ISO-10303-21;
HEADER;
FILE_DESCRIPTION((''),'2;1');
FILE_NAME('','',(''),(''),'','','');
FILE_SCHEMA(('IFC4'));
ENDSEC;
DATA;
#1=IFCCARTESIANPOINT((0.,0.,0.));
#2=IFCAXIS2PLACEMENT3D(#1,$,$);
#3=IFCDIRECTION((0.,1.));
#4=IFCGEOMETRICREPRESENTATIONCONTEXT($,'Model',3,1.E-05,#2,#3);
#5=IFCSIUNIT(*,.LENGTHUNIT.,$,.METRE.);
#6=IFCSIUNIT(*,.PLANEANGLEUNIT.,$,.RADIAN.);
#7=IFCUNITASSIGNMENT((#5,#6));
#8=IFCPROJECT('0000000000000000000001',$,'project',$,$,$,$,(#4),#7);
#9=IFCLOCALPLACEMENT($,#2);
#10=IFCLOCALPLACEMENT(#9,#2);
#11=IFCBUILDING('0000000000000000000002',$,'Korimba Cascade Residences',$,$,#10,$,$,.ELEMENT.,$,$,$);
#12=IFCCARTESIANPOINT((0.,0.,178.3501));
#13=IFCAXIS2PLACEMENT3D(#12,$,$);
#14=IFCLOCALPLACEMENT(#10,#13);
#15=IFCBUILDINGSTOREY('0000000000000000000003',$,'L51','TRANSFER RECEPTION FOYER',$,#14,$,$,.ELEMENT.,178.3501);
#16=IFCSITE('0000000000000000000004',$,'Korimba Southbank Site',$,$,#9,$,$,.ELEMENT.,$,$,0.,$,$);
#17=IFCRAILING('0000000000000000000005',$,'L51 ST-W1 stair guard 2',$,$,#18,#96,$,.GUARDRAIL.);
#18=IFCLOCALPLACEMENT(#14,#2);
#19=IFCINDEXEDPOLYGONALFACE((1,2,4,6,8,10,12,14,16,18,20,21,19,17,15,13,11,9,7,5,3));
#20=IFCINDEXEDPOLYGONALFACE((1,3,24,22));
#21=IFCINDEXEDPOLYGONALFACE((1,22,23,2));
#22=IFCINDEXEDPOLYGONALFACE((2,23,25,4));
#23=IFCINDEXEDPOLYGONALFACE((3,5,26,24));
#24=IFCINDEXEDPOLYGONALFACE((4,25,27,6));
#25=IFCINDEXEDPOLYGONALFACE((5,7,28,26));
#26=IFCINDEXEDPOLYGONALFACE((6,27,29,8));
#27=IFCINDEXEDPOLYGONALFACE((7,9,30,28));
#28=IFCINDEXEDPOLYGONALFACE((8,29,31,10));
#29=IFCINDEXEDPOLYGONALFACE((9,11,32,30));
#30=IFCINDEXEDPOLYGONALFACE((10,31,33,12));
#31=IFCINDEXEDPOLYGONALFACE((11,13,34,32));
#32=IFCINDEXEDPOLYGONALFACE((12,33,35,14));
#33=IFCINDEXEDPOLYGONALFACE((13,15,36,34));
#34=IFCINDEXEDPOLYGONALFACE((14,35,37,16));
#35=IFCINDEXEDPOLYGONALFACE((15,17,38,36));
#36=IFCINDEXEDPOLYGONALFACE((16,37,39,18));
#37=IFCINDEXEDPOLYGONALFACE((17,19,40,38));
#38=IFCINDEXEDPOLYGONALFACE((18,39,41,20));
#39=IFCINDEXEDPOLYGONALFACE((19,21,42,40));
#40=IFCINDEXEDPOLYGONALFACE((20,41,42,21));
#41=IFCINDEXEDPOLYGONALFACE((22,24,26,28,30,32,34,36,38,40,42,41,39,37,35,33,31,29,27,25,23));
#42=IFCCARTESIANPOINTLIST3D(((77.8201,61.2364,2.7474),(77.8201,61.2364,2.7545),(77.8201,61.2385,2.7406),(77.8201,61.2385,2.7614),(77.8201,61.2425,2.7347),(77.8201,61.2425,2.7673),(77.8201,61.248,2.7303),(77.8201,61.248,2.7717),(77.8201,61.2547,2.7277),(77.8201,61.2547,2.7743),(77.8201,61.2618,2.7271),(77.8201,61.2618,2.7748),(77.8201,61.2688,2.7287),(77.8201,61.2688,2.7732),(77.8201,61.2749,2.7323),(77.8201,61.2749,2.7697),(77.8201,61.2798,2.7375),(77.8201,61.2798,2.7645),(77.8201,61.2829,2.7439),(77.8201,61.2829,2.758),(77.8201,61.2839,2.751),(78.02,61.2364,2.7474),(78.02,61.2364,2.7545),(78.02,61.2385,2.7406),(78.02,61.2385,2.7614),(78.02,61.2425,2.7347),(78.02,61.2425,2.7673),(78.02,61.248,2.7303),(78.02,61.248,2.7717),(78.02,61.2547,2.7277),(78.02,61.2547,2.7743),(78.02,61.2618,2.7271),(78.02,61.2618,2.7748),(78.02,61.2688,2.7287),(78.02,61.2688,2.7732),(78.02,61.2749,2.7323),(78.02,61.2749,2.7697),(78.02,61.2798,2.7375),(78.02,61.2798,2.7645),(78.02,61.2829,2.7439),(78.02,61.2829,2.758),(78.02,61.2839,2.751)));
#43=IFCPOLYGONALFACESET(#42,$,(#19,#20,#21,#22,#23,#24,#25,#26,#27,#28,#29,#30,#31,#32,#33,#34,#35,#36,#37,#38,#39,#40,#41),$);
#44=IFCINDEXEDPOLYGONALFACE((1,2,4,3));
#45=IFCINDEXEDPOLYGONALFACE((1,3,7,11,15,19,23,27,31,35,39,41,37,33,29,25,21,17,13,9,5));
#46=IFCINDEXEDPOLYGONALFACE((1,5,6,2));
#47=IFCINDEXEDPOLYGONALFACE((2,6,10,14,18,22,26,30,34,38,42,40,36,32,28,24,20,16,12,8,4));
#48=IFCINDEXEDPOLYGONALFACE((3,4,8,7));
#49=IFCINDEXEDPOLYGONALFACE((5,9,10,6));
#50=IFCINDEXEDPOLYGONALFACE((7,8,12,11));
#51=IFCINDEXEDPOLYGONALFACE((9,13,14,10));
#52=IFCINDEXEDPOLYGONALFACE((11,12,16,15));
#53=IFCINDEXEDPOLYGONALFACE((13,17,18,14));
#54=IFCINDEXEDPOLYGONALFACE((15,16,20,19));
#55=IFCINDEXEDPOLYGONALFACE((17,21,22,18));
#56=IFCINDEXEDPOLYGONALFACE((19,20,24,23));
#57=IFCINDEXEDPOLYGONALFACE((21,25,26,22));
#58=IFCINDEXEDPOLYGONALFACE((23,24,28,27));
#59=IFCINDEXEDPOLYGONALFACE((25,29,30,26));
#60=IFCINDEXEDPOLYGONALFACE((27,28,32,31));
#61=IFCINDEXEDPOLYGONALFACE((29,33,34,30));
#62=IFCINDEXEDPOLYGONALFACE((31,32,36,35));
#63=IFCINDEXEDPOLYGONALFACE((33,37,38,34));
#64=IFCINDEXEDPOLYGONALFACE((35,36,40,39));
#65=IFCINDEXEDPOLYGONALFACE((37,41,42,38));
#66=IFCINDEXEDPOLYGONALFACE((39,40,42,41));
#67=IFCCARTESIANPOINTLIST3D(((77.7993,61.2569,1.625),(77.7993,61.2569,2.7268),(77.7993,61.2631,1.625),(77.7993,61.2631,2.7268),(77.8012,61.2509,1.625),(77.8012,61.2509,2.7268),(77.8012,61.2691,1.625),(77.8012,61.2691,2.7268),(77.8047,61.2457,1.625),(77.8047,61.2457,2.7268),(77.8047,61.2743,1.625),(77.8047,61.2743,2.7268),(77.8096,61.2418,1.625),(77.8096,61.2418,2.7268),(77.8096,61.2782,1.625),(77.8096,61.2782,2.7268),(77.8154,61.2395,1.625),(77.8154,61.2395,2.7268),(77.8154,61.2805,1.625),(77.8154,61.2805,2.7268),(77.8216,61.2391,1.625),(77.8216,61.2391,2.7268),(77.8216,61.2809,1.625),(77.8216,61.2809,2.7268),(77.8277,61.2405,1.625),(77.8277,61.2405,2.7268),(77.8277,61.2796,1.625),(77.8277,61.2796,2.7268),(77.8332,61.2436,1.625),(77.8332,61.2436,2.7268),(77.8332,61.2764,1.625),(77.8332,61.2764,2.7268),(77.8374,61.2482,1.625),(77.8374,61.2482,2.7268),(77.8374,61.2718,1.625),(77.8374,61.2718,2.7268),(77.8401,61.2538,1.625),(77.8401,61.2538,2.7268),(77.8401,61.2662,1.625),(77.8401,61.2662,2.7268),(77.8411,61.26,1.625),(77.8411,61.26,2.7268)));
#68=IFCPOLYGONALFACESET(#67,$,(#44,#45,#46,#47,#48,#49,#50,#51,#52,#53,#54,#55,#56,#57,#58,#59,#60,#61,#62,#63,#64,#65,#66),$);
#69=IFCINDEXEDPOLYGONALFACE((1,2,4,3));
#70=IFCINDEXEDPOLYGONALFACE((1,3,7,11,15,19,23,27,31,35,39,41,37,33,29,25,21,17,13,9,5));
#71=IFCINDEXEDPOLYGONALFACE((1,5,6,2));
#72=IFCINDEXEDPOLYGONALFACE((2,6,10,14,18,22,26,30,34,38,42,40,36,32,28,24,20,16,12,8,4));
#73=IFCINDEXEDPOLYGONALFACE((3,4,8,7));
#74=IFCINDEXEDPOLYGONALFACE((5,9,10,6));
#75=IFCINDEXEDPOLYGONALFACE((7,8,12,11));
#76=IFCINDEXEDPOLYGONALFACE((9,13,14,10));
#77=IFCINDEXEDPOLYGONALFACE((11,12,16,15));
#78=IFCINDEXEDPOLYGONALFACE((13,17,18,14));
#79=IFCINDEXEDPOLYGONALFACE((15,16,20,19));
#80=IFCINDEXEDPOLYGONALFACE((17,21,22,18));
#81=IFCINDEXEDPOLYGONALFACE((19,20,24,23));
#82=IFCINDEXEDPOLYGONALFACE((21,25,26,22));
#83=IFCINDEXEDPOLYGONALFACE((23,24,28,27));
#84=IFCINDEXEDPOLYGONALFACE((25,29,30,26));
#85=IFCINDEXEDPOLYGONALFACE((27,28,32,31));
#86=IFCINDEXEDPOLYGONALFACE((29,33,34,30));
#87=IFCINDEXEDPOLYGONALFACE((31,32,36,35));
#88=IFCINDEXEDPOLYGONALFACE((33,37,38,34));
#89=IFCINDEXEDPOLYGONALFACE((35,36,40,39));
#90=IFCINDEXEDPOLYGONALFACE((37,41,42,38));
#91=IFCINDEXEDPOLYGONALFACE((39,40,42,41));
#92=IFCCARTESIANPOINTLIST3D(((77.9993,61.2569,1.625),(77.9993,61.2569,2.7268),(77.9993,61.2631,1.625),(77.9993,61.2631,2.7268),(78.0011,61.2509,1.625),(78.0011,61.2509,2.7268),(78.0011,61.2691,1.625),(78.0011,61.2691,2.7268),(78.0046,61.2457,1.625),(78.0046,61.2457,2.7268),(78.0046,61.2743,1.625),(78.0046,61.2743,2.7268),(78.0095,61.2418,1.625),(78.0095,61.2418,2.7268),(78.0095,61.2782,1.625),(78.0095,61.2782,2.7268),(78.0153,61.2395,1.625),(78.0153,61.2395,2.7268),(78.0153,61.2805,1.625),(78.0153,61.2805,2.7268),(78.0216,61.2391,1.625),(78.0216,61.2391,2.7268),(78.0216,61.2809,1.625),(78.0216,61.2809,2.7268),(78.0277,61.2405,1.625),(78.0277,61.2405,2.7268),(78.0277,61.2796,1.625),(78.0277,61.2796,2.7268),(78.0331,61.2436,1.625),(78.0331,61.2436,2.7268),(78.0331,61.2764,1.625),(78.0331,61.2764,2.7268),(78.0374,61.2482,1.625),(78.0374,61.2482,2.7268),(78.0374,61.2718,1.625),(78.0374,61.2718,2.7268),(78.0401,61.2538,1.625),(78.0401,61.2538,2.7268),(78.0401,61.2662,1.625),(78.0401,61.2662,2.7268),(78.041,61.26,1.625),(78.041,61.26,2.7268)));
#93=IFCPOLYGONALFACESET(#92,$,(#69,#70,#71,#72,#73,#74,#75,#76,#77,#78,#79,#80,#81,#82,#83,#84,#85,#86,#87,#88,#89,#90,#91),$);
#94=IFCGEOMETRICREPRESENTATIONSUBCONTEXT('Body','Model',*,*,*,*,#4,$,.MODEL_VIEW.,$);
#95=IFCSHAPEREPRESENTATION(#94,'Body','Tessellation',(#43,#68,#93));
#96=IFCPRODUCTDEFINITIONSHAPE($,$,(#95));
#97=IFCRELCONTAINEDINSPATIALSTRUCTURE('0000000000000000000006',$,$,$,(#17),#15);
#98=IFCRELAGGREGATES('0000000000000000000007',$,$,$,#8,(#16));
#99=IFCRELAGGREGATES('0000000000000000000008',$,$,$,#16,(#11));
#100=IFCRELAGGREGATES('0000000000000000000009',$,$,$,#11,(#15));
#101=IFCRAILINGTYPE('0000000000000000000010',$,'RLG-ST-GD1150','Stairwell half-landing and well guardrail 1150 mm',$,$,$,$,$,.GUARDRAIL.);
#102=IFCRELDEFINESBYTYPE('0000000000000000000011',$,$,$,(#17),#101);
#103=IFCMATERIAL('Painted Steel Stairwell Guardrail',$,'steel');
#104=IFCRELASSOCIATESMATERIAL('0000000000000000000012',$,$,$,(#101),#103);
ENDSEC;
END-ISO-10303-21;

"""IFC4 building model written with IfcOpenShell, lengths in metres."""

from ifc_helpers import new_model, si_unit, direction, frame, origin, origin_2d, place, context, subcontext, project, spatial, circle, extrude, material, type_object, element, save


model = new_model("IFC4")

# Units and contexts
model_context = context("Model", 3, precision=1e-05, world=origin(), true_north=direction((0.0, 1.0)))
body_context = subcontext(model_context, "Body", "Model", "MODEL_VIEW")
ifc_project = project(units=[si_unit("LENGTHUNIT", "METRE"), si_unit("PLANEANGLEUNIT", "RADIAN")], contexts=[model_context])

# Site, building, storey
site_placement = place(None, origin())
site = spatial("IfcSite", under=ifc_project, at=site_placement, Name="Korimba Southbank Site", CompositionType="ELEMENT", RefElevation=0.0)
building_placement = place(site_placement, origin())
building = spatial("IfcBuilding", under=site, at=building_placement, Name="Korimba Cascade Residences", CompositionType="ELEMENT")
storey_placement = place(building_placement, frame((0.0, 0.0, 178.3501)))
storey = spatial("IfcBuildingStorey", under=building, at=storey_placement, Name="L51", Description="TRANSFER RECEPTION FOYER", CompositionType="ELEMENT", Elevation=178.3501)

# Railing
ifc_material_1 = material(Name="Painted Steel Stairwell Guardrail", Category="steel")
railing_type_1 = type_object("IfcRailingType", Name="RLG-ST-GD1150", Description="Stairwell half-landing and well guardrail 1150 mm", PredefinedType="GUARDRAIL", material=ifc_material_1)
railing_1_placement = place(storey_placement, frame((77.8201, 61.26, 1.625)))
element("IfcRailing", 1, at=railing_1_placement, inside=storey, type_object=railing_type_1, Name="L51 ST-W1 stair guard 2", PredefinedType="GUARDRAIL", context=body_context, shape_type="SweptSolid", body=[
    extrude(circle(Radius=0.0239, at=origin_2d()), frame((0.0, 0.0, 1.126), z_axis=(1.0, 0.0, 0.0), x_axis=(0.0, 1.0, 0.0)), (0.0, 0.0, 1.0), 0.2),
    extrude(circle(Radius=0.021, at=origin_2d()), origin(), (0.0, 0.0, 1.0), 1.1018),
    extrude(circle(Radius=0.021, at=origin_2d()), frame((0.2, 0.0, 0.0)), (0.0, 0.0, 1.0), 1.1018),
])

save(model, "model.ifc")
